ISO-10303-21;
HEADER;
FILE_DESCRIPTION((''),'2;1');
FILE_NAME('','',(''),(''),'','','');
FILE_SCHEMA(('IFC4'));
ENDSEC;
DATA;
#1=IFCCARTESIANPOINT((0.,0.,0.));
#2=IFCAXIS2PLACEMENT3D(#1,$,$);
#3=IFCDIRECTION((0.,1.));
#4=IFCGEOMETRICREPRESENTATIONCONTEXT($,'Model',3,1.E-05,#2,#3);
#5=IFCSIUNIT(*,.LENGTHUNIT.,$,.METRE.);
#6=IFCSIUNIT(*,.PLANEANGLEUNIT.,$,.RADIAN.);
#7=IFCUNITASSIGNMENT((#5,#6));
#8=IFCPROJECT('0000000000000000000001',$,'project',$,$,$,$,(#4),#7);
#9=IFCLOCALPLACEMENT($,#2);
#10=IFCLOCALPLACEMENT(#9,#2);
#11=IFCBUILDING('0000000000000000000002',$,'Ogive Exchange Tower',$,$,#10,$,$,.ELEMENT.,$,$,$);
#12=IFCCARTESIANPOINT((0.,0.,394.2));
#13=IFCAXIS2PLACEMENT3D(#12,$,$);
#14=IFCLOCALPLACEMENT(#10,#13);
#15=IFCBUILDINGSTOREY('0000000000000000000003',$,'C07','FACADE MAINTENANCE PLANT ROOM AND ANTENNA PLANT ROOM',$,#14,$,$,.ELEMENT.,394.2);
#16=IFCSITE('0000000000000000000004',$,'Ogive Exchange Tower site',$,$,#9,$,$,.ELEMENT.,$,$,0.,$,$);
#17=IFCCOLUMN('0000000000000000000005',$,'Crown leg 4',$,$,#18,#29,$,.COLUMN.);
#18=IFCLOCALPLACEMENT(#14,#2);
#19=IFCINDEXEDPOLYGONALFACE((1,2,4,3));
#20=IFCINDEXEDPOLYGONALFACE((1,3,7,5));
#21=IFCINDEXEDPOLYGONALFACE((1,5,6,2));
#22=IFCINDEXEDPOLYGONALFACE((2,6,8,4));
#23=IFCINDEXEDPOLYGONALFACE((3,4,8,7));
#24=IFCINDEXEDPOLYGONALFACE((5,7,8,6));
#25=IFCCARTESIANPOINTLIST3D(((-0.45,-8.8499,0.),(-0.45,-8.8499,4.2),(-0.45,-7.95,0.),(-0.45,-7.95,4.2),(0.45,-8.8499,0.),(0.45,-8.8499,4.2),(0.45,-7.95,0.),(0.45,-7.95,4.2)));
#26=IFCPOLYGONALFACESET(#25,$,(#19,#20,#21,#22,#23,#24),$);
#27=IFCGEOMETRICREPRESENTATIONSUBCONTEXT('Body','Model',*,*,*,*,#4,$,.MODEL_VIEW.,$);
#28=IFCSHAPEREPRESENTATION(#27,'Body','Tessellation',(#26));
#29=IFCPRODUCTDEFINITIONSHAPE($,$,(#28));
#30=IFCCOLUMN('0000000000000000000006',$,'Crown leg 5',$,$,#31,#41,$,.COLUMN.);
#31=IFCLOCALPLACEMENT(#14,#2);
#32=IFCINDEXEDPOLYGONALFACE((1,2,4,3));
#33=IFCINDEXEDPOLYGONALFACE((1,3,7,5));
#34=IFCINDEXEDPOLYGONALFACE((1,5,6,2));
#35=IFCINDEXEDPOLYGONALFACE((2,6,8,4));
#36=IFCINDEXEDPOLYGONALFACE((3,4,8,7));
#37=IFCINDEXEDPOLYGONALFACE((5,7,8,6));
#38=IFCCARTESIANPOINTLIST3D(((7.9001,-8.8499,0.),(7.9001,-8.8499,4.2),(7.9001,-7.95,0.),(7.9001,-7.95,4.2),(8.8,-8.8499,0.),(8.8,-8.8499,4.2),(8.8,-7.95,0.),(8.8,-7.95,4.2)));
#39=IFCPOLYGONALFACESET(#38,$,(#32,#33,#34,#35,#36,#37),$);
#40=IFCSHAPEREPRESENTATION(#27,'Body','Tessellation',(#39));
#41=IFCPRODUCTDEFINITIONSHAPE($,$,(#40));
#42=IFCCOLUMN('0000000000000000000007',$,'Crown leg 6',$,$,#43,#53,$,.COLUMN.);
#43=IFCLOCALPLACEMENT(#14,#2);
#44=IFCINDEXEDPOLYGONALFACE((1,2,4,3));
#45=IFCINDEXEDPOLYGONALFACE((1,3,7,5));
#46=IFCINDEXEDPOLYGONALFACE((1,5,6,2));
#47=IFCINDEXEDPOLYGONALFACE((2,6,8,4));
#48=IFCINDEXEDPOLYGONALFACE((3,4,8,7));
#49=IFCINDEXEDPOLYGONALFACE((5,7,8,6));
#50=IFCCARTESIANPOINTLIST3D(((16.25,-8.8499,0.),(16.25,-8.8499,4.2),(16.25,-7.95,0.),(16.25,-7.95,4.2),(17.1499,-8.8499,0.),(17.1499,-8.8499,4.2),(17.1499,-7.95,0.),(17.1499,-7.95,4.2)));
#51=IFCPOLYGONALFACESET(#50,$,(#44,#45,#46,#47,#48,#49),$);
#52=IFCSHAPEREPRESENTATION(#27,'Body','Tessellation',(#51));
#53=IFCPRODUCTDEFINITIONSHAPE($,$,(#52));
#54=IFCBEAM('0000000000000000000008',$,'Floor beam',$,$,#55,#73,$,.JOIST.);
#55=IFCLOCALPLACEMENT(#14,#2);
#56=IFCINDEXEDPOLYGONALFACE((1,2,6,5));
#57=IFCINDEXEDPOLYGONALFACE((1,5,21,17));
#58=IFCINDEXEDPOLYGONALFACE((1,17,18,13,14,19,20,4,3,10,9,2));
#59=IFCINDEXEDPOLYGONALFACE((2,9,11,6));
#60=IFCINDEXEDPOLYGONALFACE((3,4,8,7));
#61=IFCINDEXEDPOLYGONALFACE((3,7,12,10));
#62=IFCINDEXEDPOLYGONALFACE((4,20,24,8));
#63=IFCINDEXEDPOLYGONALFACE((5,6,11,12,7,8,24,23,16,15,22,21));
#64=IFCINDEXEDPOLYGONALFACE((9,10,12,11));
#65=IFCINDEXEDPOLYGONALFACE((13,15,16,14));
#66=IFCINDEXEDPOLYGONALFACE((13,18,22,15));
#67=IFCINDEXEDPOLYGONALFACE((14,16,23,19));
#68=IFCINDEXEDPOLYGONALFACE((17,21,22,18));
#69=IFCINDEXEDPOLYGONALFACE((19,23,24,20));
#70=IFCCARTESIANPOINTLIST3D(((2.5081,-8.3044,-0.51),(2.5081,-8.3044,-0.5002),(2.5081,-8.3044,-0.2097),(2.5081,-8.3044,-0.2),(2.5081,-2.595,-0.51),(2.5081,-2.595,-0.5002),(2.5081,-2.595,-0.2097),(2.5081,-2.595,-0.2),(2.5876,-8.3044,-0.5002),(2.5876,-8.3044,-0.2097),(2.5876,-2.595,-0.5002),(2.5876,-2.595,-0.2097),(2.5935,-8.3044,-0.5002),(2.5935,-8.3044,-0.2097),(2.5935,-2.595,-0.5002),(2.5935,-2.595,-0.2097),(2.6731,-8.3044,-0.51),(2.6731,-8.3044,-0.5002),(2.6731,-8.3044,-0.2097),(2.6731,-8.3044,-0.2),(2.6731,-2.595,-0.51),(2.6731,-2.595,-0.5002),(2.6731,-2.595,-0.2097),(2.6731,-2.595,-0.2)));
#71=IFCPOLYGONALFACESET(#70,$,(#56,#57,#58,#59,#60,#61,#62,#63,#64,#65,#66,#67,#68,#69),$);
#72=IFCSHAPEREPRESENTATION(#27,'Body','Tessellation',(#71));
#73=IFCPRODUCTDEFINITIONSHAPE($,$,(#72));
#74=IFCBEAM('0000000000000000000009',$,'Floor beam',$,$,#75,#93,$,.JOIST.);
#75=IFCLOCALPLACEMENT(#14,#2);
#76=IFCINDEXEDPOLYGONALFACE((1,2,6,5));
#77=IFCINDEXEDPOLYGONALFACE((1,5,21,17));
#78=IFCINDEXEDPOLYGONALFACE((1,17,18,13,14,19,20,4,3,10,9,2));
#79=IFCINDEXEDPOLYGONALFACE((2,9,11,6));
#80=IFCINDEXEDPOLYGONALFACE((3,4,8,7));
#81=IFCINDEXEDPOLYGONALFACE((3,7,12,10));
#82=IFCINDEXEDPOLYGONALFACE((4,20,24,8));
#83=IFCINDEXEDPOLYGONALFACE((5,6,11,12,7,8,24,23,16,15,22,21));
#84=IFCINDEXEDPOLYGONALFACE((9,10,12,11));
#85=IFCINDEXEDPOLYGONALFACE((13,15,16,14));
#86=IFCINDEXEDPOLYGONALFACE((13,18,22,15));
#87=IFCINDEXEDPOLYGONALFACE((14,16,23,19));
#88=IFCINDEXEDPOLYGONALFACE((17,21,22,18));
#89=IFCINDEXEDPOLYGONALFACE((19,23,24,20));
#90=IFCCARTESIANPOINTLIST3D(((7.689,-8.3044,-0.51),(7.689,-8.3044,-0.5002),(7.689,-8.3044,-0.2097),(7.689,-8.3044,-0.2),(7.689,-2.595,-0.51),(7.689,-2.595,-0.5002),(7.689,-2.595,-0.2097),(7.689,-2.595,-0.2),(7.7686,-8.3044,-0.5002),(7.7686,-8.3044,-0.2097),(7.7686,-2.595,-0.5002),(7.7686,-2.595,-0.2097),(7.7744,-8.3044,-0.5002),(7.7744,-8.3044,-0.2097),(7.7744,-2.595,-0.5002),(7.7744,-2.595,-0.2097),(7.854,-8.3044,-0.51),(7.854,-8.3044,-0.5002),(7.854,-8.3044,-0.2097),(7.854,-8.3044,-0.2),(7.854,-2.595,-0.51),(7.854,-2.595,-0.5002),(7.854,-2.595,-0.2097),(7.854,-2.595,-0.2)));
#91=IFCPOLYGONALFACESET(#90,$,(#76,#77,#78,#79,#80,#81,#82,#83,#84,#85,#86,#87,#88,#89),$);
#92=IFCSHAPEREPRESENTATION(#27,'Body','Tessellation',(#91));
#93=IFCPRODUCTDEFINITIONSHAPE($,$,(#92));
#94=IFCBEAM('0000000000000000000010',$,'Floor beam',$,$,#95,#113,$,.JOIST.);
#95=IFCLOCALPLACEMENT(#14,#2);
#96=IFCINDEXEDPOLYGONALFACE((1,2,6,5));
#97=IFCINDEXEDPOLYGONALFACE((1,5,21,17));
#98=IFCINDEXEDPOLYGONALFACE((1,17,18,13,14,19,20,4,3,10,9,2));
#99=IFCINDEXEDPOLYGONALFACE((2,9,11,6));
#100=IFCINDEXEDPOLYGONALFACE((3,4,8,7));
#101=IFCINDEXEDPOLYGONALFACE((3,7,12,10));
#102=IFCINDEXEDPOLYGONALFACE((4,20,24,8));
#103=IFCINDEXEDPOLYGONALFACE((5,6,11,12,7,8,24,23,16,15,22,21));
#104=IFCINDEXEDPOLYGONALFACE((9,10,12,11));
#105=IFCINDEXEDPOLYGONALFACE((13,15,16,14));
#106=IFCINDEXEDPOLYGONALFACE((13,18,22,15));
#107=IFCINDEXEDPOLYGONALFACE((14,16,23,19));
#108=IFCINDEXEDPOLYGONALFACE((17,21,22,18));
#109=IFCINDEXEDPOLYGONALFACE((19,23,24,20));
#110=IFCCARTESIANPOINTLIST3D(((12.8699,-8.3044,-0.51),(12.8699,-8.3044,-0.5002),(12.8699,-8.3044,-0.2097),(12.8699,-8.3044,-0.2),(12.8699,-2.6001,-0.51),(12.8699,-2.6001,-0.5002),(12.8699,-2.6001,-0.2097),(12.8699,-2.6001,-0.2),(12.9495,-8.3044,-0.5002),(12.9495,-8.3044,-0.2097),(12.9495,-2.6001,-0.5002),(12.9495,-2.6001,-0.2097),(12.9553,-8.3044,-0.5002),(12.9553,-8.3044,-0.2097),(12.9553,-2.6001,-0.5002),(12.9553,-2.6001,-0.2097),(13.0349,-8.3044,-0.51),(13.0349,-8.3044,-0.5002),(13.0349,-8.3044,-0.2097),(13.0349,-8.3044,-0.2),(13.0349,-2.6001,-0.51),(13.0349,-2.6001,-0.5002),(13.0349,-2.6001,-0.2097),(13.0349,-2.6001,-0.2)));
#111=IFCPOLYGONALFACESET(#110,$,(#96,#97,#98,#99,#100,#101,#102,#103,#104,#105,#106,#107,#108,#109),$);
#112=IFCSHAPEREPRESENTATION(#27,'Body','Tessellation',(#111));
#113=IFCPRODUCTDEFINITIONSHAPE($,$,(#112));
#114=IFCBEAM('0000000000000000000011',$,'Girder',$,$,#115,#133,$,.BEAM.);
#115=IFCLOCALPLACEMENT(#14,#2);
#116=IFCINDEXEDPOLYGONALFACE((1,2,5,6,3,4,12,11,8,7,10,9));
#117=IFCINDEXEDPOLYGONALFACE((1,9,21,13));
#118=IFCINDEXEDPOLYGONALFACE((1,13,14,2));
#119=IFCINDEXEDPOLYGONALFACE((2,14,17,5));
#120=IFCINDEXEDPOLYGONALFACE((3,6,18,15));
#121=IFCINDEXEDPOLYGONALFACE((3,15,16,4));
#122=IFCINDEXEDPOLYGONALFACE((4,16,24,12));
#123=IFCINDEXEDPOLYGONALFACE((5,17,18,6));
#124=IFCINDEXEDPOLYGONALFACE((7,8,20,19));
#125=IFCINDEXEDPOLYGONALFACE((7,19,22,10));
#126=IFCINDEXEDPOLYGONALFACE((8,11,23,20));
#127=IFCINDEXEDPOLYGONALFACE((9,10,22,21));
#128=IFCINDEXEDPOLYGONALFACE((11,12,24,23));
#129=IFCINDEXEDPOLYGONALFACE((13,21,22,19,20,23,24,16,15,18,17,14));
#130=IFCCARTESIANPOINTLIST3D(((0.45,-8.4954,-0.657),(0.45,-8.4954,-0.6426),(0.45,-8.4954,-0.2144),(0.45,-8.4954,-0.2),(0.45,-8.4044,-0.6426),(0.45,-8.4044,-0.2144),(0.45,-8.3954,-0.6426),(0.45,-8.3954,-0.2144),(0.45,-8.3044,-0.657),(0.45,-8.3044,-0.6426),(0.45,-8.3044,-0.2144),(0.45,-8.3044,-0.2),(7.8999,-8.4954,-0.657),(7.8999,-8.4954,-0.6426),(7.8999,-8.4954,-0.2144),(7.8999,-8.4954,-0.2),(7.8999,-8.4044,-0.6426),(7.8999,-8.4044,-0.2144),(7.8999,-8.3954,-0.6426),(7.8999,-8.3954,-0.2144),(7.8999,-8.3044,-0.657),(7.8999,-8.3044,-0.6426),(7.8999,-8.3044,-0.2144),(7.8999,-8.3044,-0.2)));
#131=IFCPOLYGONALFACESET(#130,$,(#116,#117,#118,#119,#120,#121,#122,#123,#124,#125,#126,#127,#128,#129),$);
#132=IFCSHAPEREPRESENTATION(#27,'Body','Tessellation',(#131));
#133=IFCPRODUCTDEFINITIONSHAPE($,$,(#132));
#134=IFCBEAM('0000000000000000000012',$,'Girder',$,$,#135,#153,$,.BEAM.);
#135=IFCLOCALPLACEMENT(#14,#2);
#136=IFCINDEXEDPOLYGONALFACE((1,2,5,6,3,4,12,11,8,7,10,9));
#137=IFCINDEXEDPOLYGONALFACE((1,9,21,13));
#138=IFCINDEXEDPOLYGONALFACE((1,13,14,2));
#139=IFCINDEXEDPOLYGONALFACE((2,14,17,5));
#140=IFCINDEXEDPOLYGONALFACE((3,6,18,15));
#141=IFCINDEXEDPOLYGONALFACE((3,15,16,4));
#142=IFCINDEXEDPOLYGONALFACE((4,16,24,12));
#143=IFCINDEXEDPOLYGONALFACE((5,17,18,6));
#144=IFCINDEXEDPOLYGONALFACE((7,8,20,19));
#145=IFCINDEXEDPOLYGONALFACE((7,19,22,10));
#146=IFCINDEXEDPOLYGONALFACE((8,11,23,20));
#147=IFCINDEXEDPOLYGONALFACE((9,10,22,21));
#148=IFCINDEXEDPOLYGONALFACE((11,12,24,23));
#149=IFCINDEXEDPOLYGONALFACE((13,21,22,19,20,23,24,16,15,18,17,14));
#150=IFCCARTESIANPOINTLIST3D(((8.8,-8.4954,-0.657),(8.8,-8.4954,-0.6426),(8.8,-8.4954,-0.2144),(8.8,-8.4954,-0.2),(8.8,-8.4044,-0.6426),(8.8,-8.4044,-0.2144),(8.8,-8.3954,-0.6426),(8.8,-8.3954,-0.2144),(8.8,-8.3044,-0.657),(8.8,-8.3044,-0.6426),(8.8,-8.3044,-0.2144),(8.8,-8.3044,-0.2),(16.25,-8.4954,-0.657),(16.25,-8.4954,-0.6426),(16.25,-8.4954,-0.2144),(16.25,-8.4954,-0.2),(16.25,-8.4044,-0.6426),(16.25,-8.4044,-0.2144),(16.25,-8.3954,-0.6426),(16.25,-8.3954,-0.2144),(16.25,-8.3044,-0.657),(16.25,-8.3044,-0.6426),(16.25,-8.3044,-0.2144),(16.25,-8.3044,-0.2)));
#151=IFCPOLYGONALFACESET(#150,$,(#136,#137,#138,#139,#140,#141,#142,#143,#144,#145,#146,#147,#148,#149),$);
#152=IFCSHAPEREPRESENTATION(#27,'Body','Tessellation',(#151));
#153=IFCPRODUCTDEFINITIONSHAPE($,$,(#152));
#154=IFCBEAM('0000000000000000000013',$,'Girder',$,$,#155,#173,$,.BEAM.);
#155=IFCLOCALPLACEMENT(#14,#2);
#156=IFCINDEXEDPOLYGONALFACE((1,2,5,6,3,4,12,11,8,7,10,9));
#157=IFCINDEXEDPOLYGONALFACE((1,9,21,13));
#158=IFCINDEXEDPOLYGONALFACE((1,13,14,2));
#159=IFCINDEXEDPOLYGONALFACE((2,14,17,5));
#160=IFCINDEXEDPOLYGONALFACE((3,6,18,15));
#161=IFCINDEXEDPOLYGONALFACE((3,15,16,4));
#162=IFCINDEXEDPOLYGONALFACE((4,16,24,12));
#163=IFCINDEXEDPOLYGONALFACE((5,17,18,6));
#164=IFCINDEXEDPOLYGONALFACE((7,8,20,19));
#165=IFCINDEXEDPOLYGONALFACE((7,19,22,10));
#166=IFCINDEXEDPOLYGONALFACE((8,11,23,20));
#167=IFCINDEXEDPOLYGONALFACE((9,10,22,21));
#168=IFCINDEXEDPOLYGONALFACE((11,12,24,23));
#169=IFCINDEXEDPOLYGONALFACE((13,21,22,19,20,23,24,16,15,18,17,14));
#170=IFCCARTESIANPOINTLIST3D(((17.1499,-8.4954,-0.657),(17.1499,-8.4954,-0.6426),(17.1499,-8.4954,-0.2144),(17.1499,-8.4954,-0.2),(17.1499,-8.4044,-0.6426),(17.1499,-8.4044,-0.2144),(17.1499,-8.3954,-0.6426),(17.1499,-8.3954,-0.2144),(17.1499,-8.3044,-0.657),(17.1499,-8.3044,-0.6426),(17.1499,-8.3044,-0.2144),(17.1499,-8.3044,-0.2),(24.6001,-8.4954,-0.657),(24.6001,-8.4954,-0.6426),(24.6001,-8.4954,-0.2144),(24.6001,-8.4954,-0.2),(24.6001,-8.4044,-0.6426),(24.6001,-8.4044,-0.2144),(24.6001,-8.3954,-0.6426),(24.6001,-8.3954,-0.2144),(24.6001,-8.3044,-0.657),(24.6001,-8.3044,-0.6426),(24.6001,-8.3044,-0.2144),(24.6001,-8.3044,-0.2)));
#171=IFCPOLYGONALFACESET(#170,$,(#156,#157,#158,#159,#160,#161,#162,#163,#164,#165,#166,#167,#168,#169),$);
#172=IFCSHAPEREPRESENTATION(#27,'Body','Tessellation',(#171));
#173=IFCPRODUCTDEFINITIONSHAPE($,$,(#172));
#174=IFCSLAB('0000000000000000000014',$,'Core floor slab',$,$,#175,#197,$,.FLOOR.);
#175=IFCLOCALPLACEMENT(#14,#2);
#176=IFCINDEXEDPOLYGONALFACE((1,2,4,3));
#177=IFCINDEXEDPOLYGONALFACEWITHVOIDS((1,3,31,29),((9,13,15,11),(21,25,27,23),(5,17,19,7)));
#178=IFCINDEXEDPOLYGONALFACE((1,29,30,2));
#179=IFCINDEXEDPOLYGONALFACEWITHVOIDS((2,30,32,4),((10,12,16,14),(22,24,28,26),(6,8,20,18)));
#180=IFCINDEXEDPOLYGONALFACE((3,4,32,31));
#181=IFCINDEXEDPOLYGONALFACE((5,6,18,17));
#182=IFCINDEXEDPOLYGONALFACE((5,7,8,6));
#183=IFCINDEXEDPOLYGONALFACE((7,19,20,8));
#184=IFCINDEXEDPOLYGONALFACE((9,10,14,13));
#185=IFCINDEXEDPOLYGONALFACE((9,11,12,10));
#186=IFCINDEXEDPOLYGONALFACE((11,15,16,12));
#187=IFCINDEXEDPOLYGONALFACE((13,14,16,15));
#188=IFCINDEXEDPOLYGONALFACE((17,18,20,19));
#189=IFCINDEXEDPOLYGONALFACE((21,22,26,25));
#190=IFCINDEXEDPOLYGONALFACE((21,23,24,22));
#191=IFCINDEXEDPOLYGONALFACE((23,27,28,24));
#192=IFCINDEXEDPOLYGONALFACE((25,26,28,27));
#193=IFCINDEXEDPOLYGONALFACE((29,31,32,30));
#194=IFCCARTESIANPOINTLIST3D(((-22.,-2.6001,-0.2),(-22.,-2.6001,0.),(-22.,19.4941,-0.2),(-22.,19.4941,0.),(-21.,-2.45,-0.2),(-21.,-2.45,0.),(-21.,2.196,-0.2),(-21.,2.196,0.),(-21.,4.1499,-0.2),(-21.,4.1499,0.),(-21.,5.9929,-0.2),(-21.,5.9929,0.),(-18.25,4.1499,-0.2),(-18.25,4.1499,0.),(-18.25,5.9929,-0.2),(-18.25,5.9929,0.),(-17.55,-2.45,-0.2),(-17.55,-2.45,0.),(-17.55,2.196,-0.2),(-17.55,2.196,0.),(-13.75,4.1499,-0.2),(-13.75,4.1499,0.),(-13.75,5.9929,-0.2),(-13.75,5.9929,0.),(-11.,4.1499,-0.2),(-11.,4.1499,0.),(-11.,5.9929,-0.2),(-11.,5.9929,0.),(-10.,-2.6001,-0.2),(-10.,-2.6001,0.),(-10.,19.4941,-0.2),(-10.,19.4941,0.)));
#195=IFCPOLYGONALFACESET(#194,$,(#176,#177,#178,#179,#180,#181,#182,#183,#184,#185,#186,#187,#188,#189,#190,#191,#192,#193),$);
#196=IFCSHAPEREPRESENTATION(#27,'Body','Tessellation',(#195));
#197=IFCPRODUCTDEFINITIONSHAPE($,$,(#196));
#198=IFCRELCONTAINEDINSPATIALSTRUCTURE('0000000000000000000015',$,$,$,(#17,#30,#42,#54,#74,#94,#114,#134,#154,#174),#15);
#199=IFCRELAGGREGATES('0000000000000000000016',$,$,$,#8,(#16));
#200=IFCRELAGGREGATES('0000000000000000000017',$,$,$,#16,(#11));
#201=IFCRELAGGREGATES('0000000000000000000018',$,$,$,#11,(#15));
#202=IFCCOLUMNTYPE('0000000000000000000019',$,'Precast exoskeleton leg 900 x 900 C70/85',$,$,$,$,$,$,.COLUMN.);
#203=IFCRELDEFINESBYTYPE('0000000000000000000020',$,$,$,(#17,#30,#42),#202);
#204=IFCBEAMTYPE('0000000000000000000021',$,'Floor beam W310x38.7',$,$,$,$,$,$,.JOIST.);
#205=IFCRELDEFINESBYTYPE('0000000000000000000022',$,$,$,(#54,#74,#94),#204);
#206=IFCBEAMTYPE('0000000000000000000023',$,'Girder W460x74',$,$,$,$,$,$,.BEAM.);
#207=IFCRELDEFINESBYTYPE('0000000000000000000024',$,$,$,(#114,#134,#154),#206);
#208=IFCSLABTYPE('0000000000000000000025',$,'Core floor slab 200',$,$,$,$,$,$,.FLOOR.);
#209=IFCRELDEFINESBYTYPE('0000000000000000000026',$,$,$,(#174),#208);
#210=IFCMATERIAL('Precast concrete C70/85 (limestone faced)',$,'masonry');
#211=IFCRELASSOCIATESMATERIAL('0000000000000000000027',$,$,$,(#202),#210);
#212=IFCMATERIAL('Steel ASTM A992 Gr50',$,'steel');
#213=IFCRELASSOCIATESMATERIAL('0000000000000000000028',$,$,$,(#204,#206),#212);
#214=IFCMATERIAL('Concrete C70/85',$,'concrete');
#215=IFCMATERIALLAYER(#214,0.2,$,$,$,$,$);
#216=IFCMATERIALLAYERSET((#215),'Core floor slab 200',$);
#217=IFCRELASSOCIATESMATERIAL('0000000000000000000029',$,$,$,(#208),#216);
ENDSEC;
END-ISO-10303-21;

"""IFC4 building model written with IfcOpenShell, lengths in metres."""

from ifc_helpers import new_model, si_unit, direction, frame, origin, origin_2d, place, context, subcontext, project, spatial, polyline, rectangle, i_section, outline, extrude, material, layer, layer_set, material_profile, profile_set, type_object, element, save


model = new_model("IFC4")

# Units and contexts
model_context = context("Model", 3, precision=1e-05, world=origin(), true_north=direction((0.0, 1.0)))
body_context = subcontext(model_context, "Body", "Model", "MODEL_VIEW")
ifc_project = project(units=[si_unit("LENGTHUNIT", "METRE"), si_unit("PLANEANGLEUNIT", "RADIAN")], contexts=[model_context])

# Site, building, storey
site_placement = place(None, origin())
site = spatial("IfcSite", under=ifc_project, at=site_placement, Name="Ogive Exchange Tower site", CompositionType="ELEMENT", RefElevation=0.0)
building_placement = place(site_placement, origin())
building = spatial("IfcBuilding", under=site, at=building_placement, Name="Ogive Exchange Tower", CompositionType="ELEMENT")
storey_placement = place(building_placement, frame((0.0, 0.0, 394.2)))
storey = spatial("IfcBuildingStorey", under=building, at=storey_placement, Name="C07", Description="FACADE MAINTENANCE PLANT ROOM AND ANTENNA PLANT ROOM", CompositionType="ELEMENT", Elevation=394.2)

# Columns
ifc_material_1 = material(Name="Precast concrete C70/85 (limestone faced)", Category="masonry")
ifc_material_profile_1 = material_profile(ifc_material_1, rectangle(XDim=0.8999, YDim=0.8999, at=origin_2d()), Name="900 x 900")
ifc_profile_set_1 = profile_set([ifc_material_profile_1], Name="Precast concrete C70/85 (limestone faced)")
column_type = type_object("IfcColumnType", Name="Precast exoskeleton leg 900 x 900 C70/85", PredefinedType="COLUMN", material=ifc_profile_set_1)
for number, where, z_axis, x_axis, name in (
    (1, (0.0, -8.3999, 0.0), (0.0, 0.0, 1.0), (1.0, 0.0, 0.0), "Crown leg 4"),
    (2, (8.3501, -8.3999, 0.0), (0.0, 0.0, 1.0), (1.0, 0.0, 0.0), "Crown leg 5"),
    (3, (16.7, -8.3999, 0.0), (0.0, 0.0, 1.0), (1.0, 0.0, 0.0), "Crown leg 6"),
):
    element("IfcColumn", number, at=place(storey_placement, frame(where, z_axis=z_axis, x_axis=x_axis)), inside=storey, type_object=column_type, Name=name, PredefinedType="COLUMN", context=body_context, shape_type="SweptSolid", body=[
        extrude(rectangle(XDim=0.8999, YDim=0.8999, at=origin_2d()), origin(), (0.0, 0.0, 1.0), 4.2),
    ])

# Beams
ifc_material_2 = material(Name="Steel ASTM A992 Gr50", Category="steel")
ifc_material_profile_2 = material_profile(ifc_material_2, i_section(OverallWidth=0.165, OverallDepth=0.3101, WebThickness=0.0059, FlangeThickness=0.0098, at=origin_2d()), Name="W310x38.7")
ifc_profile_set_2 = profile_set([ifc_material_profile_2], Name="Steel ASTM A992 Gr50")
beam_type_1 = type_object("IfcBeamType", Name="Floor beam W310x38.7", PredefinedType="JOIST", material=ifc_profile_set_2)
for number, where, z_axis, x_axis, name in (
    (4, (2.5906, -8.3044, -0.355), (0.0, 1.0, 0.0), (-1.0, 0.0, 0.0), "Floor beam"),
    (5, (7.7715, -8.3044, -0.355), (0.0, 1.0, 0.0), (-1.0, 0.0, 0.0), "Floor beam"),
):
    element("IfcBeam", number, at=place(storey_placement, frame(where, z_axis=z_axis, x_axis=x_axis)), inside=storey, type_object=beam_type_1, Name=name, PredefinedType="JOIST", context=body_context, shape_type="SweptSolid", body=[
        extrude(i_section(OverallWidth=0.165, OverallDepth=0.3101, WebThickness=0.0059, FlangeThickness=0.0098, at=origin_2d()), origin(), (0.0, 0.0, 1.0), 5.7095),
    ])
beam_1_placement = place(storey_placement, frame((12.9524, -8.3044, -0.355), z_axis=(0.0, 1.0, 0.0), x_axis=(-1.0, 0.0, 0.0)))
element("IfcBeam", 6, at=beam_1_placement, inside=storey, type_object=beam_type_1, Name="Floor beam", PredefinedType="JOIST", context=body_context, shape_type="SweptSolid", body=[
    extrude(i_section(OverallWidth=0.165, OverallDepth=0.3101, WebThickness=0.0059, FlangeThickness=0.0098, at=origin_2d()), origin(), (0.0, 0.0, 1.0), 5.7043),
])
ifc_material_profile_3 = material_profile(ifc_material_2, i_section(OverallWidth=0.1909, OverallDepth=0.457, WebThickness=0.009, FlangeThickness=0.0144, at=origin_2d()), Name="W460x74")
ifc_profile_set_3 = profile_set([ifc_material_profile_3], Name="Steel ASTM A992 Gr50")
beam_type_2 = type_object("IfcBeamType", Name="Girder W460x74", PredefinedType="BEAM", material=ifc_profile_set_3)
for number, where, z_axis, x_axis, name in (
    (7, (0.45, -8.3999, -0.4285), (1.0, 0.0, 0.0), (0.0, 1.0, 0.0), "Girder"),
    (8, (8.8, -8.3999, -0.4285), (1.0, 0.0, 0.0), (0.0, 1.0, 0.0), "Girder"),
):
    element("IfcBeam", number, at=place(storey_placement, frame(where, z_axis=z_axis, x_axis=x_axis)), inside=storey, type_object=beam_type_2, Name=name, PredefinedType="BEAM", context=body_context, shape_type="SweptSolid", body=[
        extrude(i_section(OverallWidth=0.1909, OverallDepth=0.457, WebThickness=0.009, FlangeThickness=0.0144, at=origin_2d()), origin(), (0.0, 0.0, 1.0), 7.45),
    ])
beam_2_placement = place(storey_placement, frame((17.1499, -8.3999, -0.4285), z_axis=(1.0, 0.0, 0.0), x_axis=(0.0, 1.0, 0.0)))
element("IfcBeam", 9, at=beam_2_placement, inside=storey, type_object=beam_type_2, Name="Girder", PredefinedType="BEAM", context=body_context, shape_type="SweptSolid", body=[
    extrude(i_section(OverallWidth=0.1909, OverallDepth=0.457, WebThickness=0.009, FlangeThickness=0.0144, at=origin_2d()), origin(), (0.0, 0.0, 1.0), 7.4502),
])

# Slab
ifc_material_3 = material(Name="Concrete C70/85", Category="concrete")
ifc_layer_1 = layer(ifc_material_3, 0.2)
ifc_layer_set_1 = layer_set([ifc_layer_1], Name="Core floor slab 200")
slab_type_1 = type_object("IfcSlabType", Name="Core floor slab 200", PredefinedType="FLOOR", material=ifc_layer_set_1)
slab_1_placement = place(storey_placement, frame((0.0, 0.0, -0.2)))
element("IfcSlab", 10, at=slab_1_placement, inside=storey, type_object=slab_type_1, Name="Core floor slab", PredefinedType="FLOOR", context=body_context, shape_type="SweptSolid", body=[
    extrude(outline(polyline([(-22.0, -2.6001), (-22.0, 19.4941), (-10.0, 19.4941), (-10.0, -2.6001), (-22.0, -2.6001)]), holes=[polyline([(-21.0, 2.196), (-21.0, -2.45), (-17.55, -2.45), (-17.55, 2.196), (-21.0, 2.196)]), polyline([(-21.0, 5.9929), (-21.0, 4.1499), (-18.25, 4.1499), (-18.25, 5.9929), (-21.0, 5.9929)]), polyline([(-13.75, 5.9929), (-13.75, 4.1499), (-11.0, 4.1499), (-11.0, 5.9929), (-13.75, 5.9929)])]), origin(), (0.0, 0.0, 1.0), 0.2),
])

save(model, "model.ifc")
